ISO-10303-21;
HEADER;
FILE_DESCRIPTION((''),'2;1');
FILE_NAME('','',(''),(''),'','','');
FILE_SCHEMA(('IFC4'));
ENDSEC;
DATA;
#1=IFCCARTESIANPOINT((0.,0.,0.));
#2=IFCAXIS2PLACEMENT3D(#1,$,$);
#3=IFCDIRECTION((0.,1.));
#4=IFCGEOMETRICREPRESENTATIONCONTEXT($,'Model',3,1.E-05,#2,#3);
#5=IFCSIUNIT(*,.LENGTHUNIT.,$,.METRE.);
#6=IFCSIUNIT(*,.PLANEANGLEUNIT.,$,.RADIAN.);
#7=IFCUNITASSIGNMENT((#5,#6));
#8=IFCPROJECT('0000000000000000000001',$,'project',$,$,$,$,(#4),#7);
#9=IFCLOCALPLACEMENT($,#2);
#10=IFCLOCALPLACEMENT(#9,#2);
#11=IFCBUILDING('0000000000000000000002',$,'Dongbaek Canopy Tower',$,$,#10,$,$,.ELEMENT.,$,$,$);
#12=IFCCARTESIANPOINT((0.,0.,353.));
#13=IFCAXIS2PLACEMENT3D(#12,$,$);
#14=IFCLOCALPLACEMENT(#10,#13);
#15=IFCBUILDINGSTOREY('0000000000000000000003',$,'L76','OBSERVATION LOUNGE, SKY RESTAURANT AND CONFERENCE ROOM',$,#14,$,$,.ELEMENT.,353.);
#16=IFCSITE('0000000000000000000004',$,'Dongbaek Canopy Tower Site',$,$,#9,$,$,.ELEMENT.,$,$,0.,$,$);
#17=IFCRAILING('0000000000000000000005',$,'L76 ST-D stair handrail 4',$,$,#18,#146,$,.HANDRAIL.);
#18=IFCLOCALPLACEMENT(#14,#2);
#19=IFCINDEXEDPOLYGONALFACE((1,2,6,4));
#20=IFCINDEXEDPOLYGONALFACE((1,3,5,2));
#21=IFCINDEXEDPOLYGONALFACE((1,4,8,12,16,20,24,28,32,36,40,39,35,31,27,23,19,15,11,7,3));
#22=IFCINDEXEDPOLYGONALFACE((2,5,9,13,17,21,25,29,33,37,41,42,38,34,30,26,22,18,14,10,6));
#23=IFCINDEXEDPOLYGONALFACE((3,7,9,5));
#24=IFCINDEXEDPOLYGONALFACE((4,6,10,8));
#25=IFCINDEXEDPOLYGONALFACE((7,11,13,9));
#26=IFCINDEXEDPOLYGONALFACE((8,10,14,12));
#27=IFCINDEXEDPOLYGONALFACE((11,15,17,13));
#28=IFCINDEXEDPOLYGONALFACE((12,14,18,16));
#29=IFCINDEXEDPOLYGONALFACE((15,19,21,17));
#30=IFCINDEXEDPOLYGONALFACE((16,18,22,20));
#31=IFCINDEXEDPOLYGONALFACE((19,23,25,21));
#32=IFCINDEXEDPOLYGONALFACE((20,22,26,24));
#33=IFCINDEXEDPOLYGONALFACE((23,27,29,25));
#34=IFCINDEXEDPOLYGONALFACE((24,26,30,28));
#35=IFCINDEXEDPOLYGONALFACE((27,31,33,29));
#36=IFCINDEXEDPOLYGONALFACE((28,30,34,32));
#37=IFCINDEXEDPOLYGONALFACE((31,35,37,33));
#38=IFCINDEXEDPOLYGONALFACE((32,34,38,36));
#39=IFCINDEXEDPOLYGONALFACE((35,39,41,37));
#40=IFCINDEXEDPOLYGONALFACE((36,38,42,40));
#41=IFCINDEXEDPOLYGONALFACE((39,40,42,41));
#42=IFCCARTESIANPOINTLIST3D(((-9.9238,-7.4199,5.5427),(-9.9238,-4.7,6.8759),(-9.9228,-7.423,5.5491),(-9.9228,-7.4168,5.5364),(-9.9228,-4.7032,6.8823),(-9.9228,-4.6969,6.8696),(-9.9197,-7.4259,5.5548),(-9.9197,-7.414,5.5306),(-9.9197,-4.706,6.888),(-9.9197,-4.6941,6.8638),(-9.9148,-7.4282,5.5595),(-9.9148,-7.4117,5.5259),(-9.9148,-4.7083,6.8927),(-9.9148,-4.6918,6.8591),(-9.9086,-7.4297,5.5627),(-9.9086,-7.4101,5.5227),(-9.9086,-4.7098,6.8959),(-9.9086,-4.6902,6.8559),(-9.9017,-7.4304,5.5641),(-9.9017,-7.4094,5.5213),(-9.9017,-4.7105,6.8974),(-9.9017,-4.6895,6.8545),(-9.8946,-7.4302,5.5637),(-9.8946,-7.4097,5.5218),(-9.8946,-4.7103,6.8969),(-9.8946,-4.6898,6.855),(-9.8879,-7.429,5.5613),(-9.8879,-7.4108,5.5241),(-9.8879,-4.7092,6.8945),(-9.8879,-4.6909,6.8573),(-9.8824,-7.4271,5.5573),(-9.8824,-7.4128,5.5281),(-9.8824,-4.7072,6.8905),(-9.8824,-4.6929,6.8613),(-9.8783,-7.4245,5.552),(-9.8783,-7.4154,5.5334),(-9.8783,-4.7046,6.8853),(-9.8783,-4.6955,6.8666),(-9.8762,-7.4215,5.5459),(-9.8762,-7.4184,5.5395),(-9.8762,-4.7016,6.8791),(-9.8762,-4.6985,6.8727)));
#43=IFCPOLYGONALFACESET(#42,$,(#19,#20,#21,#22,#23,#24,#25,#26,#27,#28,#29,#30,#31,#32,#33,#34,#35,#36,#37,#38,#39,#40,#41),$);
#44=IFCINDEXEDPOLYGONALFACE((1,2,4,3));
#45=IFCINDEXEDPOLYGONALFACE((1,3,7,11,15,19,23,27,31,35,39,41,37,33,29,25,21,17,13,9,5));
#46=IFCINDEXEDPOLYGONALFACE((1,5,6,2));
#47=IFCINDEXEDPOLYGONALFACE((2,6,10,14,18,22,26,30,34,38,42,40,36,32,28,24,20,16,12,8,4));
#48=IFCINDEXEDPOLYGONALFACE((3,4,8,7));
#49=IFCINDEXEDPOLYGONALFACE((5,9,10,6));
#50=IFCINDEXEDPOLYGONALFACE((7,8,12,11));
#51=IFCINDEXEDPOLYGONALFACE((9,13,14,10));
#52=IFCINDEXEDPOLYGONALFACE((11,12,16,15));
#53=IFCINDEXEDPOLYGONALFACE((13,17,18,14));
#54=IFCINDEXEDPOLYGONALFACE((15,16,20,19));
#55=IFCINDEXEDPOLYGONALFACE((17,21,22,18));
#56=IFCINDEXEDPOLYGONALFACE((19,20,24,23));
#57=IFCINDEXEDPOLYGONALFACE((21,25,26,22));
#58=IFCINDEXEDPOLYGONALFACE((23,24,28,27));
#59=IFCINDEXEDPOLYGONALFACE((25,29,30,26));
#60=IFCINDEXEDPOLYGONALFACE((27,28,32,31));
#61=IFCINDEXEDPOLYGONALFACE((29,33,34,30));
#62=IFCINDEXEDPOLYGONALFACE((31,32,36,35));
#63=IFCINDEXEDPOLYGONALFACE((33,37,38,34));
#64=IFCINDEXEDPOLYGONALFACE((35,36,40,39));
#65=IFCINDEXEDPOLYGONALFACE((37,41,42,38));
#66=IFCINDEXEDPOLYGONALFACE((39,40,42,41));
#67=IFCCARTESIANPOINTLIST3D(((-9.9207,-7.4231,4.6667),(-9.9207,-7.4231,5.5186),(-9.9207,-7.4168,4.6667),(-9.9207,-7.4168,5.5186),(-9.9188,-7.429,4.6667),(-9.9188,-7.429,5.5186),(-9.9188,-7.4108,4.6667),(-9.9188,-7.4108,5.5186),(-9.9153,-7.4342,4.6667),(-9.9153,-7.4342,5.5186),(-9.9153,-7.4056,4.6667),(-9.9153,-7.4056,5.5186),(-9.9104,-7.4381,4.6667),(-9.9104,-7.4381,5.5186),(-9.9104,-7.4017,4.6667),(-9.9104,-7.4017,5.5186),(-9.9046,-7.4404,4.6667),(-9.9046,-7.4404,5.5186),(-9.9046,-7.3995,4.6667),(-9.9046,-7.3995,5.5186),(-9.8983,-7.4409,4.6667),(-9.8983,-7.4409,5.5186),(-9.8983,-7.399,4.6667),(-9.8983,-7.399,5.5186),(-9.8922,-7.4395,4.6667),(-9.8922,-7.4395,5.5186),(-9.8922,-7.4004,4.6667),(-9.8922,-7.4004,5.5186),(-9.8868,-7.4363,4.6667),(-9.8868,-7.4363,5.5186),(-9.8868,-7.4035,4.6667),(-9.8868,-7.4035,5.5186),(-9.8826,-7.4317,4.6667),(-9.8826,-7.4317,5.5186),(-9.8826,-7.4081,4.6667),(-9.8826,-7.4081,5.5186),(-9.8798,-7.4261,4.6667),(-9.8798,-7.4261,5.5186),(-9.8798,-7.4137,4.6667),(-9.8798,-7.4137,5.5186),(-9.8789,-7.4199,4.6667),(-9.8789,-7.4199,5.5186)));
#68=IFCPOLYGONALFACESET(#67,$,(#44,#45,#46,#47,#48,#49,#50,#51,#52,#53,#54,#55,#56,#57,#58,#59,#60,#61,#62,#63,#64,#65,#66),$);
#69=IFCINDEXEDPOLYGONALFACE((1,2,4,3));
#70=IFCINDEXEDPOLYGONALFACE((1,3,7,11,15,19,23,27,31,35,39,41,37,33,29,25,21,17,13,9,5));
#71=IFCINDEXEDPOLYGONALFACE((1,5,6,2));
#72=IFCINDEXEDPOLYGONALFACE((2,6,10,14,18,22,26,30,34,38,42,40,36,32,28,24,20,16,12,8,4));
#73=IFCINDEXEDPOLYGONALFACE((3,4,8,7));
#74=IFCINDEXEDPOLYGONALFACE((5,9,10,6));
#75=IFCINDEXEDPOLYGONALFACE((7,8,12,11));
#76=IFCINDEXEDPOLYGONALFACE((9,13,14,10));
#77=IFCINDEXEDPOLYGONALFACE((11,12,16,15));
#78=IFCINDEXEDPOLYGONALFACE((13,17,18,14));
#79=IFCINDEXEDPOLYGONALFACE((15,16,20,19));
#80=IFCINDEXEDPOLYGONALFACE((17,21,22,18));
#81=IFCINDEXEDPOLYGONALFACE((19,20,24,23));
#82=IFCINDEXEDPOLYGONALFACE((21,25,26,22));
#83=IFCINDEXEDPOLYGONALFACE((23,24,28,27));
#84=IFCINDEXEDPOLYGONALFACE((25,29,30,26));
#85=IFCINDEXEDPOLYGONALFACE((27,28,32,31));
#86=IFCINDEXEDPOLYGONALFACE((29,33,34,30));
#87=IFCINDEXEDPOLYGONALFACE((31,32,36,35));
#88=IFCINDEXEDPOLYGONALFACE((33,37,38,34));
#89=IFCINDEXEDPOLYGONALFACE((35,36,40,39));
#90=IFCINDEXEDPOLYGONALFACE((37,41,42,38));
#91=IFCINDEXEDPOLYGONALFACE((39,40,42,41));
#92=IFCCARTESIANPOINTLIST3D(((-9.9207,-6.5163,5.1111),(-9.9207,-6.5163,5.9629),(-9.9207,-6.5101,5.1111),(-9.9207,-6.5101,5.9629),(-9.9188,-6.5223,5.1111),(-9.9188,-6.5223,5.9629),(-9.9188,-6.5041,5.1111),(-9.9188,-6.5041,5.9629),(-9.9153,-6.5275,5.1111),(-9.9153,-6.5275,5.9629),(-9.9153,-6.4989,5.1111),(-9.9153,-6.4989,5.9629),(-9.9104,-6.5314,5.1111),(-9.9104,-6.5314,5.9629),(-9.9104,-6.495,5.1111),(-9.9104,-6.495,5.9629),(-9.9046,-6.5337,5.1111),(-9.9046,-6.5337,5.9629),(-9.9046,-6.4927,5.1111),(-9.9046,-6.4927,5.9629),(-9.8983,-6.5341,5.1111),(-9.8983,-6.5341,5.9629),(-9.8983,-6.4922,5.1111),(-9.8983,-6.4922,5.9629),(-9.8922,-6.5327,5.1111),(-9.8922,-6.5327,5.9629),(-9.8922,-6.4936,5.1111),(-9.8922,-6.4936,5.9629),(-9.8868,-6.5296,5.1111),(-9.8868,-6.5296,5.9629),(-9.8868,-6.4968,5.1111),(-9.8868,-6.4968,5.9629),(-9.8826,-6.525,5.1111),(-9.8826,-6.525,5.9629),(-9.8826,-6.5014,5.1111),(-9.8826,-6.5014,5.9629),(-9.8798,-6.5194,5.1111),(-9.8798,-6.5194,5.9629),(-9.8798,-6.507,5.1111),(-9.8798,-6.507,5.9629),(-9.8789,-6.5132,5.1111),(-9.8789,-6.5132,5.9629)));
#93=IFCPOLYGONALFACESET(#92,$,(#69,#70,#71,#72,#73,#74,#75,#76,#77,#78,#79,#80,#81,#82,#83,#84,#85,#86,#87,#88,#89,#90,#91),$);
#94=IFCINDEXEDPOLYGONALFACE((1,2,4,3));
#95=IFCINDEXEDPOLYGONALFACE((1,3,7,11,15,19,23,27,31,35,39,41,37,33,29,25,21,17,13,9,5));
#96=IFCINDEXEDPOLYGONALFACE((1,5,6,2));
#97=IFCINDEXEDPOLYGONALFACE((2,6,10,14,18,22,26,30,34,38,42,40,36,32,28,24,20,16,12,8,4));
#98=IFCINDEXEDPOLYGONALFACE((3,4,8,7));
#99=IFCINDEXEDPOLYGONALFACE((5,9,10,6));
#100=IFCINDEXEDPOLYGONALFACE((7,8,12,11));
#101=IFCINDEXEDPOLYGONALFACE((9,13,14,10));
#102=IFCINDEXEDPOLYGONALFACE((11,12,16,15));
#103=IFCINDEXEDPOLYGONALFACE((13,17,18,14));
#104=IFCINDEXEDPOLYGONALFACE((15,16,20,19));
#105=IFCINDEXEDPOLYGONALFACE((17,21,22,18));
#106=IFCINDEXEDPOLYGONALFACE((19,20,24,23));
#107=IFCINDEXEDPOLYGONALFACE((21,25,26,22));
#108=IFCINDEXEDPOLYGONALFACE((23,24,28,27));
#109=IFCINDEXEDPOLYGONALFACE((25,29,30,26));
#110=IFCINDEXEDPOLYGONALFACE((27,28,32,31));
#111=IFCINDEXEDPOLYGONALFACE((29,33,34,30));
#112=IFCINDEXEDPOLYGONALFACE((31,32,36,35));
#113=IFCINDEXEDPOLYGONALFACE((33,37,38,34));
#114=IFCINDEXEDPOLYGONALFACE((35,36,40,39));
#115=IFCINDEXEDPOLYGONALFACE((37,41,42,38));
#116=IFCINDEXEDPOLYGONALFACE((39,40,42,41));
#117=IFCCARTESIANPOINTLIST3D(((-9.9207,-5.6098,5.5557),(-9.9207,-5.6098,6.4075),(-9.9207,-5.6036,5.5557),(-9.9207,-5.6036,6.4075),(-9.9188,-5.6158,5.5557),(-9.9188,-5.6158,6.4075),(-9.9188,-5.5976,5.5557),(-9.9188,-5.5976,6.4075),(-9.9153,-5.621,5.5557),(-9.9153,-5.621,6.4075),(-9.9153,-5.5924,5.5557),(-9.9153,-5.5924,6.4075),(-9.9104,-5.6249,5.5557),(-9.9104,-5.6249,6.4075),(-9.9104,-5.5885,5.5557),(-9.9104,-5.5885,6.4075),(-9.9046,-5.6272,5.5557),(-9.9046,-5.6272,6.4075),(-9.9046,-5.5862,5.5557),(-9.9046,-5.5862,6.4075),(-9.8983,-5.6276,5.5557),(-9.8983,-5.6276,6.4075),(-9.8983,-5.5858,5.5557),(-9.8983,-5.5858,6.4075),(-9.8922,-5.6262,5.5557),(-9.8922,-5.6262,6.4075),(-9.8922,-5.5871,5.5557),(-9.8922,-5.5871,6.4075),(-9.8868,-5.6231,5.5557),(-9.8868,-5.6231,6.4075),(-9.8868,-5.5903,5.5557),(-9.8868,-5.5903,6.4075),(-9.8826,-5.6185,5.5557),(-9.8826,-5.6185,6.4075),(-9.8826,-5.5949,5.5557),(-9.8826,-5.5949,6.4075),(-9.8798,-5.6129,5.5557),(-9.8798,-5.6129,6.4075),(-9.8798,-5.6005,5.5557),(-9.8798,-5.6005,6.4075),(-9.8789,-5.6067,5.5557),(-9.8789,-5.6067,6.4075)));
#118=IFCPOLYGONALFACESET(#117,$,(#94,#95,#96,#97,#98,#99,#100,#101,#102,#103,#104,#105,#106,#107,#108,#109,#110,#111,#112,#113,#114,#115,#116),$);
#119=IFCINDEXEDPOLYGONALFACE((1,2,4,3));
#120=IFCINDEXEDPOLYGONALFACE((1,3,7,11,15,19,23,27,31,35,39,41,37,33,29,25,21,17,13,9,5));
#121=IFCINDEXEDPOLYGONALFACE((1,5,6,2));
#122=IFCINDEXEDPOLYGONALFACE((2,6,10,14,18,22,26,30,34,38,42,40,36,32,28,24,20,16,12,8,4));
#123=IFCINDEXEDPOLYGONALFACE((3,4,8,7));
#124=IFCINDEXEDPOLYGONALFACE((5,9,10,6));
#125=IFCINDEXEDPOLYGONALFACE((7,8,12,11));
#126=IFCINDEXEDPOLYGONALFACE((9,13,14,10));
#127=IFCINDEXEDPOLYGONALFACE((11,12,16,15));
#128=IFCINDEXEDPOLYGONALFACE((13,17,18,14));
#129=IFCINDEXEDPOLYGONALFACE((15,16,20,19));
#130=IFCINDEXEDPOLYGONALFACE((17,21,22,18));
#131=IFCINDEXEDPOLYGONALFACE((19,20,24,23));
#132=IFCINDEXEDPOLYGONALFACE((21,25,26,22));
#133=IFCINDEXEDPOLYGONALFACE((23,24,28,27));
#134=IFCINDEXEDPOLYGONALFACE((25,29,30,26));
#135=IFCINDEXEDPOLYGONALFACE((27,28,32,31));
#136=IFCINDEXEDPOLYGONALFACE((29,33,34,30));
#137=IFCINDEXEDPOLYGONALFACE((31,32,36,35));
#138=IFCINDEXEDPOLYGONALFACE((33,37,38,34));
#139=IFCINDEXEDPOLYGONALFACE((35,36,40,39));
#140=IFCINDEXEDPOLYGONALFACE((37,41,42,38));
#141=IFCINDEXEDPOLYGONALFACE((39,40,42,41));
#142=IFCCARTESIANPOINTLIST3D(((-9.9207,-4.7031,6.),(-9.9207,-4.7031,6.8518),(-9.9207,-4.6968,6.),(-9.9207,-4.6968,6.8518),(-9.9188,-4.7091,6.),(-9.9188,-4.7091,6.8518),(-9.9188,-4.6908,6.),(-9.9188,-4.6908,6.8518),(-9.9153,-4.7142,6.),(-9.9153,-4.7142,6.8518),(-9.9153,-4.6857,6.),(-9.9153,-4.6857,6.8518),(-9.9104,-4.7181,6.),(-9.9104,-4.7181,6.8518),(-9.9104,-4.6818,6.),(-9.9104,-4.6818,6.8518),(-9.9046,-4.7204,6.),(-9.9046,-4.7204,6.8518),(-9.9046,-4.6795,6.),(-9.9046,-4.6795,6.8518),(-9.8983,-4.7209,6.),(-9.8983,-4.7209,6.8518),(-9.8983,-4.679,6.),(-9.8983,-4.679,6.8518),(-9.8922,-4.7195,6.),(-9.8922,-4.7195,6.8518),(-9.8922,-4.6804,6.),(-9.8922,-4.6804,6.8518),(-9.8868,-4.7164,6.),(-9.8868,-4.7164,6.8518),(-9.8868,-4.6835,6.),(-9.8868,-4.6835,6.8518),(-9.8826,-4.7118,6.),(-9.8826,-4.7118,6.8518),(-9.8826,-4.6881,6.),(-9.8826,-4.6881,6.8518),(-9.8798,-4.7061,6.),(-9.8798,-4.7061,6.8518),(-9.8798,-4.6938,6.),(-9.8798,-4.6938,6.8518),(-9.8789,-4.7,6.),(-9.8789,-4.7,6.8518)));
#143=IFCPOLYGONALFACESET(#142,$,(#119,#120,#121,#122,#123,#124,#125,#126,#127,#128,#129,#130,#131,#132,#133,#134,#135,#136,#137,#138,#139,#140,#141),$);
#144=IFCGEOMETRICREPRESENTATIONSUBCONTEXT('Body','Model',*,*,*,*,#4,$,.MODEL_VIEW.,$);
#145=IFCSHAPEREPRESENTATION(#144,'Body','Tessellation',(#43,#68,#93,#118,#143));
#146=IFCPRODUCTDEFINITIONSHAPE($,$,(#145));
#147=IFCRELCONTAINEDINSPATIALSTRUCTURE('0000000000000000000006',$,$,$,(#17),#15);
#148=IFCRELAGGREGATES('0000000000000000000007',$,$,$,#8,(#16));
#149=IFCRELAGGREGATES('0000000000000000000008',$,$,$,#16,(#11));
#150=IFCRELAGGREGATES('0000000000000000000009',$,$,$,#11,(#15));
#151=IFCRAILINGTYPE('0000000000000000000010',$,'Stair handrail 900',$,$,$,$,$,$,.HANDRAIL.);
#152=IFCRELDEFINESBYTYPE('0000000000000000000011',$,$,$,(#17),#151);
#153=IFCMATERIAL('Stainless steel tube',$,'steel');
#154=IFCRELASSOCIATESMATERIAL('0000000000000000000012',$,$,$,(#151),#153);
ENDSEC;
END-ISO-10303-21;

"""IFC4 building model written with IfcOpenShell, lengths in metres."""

from ifc_helpers import new_model, si_unit, direction, frame, origin, origin_2d, place, context, subcontext, project, spatial, circle, extrude, material, type_object, element, save


model = new_model("IFC4")

# Units and contexts
model_context = context("Model", 3, precision=1e-05, world=origin(), true_north=direction((0.0, 1.0)))
body_context = subcontext(model_context, "Body", "Model", "MODEL_VIEW")
ifc_project = project(units=[si_unit("LENGTHUNIT", "METRE"), si_unit("PLANEANGLEUNIT", "RADIAN")], contexts=[model_context])

# Site, building, storey
site_placement = place(None, origin())
site = spatial("IfcSite", under=ifc_project, at=site_placement, Name="Dongbaek Canopy Tower Site", CompositionType="ELEMENT", RefElevation=0.0)
building_placement = place(site_placement, origin())
building = spatial("IfcBuilding", under=site, at=building_placement, Name="Dongbaek Canopy Tower", CompositionType="ELEMENT")
storey_placement = place(building_placement, frame((0.0, 0.0, 353.0)))
storey = spatial("IfcBuildingStorey", under=building, at=storey_placement, Name="L76", Description="OBSERVATION LOUNGE, SKY RESTAURANT AND CONFERENCE ROOM", CompositionType="ELEMENT", Elevation=353.0)

# Railing
ifc_material_1 = material(Name="Stainless steel tube", Category="steel")
railing_type_1 = type_object("IfcRailingType", Name="Stair handrail 900", PredefinedType="HANDRAIL", material=ifc_material_1)
railing_1_placement = place(storey_placement, frame((-9.8999, -7.4199, 4.6667)))
element("IfcRailing", 1, at=railing_1_placement, inside=storey, type_object=railing_type_1, Name="L76 ST-D stair handrail 4", PredefinedType="HANDRAIL", context=body_context, shape_type="SweptSolid", body=[
    extrude(circle(Radius=0.0239, at=origin_2d()), frame((0.0, 0.0, 0.876), z_axis=(0.0, 0.897929, 0.440139), x_axis=(-1.0, 0.0, 0.0)), (0.0, 0.0, 1.0), 3.0291),
    extrude(circle(Radius=0.021, at=origin_2d()), origin(), (0.0, 0.0, 1.0), 0.8518),
    extrude(circle(Radius=0.021, at=origin_2d()), frame((0.0, 0.9067, 0.4443)), (0.0, 0.0, 1.0), 0.8518),
    extrude(circle(Radius=0.021, at=origin_2d()), frame((0.0, 1.8132, 0.8889)), (0.0, 0.0, 1.0), 0.8518),
    extrude(circle(Radius=0.021, at=origin_2d()), frame((0.0, 2.72, 1.3333)), (0.0, 0.0, 1.0), 0.8518),
])

save(model, "model.ifc")
